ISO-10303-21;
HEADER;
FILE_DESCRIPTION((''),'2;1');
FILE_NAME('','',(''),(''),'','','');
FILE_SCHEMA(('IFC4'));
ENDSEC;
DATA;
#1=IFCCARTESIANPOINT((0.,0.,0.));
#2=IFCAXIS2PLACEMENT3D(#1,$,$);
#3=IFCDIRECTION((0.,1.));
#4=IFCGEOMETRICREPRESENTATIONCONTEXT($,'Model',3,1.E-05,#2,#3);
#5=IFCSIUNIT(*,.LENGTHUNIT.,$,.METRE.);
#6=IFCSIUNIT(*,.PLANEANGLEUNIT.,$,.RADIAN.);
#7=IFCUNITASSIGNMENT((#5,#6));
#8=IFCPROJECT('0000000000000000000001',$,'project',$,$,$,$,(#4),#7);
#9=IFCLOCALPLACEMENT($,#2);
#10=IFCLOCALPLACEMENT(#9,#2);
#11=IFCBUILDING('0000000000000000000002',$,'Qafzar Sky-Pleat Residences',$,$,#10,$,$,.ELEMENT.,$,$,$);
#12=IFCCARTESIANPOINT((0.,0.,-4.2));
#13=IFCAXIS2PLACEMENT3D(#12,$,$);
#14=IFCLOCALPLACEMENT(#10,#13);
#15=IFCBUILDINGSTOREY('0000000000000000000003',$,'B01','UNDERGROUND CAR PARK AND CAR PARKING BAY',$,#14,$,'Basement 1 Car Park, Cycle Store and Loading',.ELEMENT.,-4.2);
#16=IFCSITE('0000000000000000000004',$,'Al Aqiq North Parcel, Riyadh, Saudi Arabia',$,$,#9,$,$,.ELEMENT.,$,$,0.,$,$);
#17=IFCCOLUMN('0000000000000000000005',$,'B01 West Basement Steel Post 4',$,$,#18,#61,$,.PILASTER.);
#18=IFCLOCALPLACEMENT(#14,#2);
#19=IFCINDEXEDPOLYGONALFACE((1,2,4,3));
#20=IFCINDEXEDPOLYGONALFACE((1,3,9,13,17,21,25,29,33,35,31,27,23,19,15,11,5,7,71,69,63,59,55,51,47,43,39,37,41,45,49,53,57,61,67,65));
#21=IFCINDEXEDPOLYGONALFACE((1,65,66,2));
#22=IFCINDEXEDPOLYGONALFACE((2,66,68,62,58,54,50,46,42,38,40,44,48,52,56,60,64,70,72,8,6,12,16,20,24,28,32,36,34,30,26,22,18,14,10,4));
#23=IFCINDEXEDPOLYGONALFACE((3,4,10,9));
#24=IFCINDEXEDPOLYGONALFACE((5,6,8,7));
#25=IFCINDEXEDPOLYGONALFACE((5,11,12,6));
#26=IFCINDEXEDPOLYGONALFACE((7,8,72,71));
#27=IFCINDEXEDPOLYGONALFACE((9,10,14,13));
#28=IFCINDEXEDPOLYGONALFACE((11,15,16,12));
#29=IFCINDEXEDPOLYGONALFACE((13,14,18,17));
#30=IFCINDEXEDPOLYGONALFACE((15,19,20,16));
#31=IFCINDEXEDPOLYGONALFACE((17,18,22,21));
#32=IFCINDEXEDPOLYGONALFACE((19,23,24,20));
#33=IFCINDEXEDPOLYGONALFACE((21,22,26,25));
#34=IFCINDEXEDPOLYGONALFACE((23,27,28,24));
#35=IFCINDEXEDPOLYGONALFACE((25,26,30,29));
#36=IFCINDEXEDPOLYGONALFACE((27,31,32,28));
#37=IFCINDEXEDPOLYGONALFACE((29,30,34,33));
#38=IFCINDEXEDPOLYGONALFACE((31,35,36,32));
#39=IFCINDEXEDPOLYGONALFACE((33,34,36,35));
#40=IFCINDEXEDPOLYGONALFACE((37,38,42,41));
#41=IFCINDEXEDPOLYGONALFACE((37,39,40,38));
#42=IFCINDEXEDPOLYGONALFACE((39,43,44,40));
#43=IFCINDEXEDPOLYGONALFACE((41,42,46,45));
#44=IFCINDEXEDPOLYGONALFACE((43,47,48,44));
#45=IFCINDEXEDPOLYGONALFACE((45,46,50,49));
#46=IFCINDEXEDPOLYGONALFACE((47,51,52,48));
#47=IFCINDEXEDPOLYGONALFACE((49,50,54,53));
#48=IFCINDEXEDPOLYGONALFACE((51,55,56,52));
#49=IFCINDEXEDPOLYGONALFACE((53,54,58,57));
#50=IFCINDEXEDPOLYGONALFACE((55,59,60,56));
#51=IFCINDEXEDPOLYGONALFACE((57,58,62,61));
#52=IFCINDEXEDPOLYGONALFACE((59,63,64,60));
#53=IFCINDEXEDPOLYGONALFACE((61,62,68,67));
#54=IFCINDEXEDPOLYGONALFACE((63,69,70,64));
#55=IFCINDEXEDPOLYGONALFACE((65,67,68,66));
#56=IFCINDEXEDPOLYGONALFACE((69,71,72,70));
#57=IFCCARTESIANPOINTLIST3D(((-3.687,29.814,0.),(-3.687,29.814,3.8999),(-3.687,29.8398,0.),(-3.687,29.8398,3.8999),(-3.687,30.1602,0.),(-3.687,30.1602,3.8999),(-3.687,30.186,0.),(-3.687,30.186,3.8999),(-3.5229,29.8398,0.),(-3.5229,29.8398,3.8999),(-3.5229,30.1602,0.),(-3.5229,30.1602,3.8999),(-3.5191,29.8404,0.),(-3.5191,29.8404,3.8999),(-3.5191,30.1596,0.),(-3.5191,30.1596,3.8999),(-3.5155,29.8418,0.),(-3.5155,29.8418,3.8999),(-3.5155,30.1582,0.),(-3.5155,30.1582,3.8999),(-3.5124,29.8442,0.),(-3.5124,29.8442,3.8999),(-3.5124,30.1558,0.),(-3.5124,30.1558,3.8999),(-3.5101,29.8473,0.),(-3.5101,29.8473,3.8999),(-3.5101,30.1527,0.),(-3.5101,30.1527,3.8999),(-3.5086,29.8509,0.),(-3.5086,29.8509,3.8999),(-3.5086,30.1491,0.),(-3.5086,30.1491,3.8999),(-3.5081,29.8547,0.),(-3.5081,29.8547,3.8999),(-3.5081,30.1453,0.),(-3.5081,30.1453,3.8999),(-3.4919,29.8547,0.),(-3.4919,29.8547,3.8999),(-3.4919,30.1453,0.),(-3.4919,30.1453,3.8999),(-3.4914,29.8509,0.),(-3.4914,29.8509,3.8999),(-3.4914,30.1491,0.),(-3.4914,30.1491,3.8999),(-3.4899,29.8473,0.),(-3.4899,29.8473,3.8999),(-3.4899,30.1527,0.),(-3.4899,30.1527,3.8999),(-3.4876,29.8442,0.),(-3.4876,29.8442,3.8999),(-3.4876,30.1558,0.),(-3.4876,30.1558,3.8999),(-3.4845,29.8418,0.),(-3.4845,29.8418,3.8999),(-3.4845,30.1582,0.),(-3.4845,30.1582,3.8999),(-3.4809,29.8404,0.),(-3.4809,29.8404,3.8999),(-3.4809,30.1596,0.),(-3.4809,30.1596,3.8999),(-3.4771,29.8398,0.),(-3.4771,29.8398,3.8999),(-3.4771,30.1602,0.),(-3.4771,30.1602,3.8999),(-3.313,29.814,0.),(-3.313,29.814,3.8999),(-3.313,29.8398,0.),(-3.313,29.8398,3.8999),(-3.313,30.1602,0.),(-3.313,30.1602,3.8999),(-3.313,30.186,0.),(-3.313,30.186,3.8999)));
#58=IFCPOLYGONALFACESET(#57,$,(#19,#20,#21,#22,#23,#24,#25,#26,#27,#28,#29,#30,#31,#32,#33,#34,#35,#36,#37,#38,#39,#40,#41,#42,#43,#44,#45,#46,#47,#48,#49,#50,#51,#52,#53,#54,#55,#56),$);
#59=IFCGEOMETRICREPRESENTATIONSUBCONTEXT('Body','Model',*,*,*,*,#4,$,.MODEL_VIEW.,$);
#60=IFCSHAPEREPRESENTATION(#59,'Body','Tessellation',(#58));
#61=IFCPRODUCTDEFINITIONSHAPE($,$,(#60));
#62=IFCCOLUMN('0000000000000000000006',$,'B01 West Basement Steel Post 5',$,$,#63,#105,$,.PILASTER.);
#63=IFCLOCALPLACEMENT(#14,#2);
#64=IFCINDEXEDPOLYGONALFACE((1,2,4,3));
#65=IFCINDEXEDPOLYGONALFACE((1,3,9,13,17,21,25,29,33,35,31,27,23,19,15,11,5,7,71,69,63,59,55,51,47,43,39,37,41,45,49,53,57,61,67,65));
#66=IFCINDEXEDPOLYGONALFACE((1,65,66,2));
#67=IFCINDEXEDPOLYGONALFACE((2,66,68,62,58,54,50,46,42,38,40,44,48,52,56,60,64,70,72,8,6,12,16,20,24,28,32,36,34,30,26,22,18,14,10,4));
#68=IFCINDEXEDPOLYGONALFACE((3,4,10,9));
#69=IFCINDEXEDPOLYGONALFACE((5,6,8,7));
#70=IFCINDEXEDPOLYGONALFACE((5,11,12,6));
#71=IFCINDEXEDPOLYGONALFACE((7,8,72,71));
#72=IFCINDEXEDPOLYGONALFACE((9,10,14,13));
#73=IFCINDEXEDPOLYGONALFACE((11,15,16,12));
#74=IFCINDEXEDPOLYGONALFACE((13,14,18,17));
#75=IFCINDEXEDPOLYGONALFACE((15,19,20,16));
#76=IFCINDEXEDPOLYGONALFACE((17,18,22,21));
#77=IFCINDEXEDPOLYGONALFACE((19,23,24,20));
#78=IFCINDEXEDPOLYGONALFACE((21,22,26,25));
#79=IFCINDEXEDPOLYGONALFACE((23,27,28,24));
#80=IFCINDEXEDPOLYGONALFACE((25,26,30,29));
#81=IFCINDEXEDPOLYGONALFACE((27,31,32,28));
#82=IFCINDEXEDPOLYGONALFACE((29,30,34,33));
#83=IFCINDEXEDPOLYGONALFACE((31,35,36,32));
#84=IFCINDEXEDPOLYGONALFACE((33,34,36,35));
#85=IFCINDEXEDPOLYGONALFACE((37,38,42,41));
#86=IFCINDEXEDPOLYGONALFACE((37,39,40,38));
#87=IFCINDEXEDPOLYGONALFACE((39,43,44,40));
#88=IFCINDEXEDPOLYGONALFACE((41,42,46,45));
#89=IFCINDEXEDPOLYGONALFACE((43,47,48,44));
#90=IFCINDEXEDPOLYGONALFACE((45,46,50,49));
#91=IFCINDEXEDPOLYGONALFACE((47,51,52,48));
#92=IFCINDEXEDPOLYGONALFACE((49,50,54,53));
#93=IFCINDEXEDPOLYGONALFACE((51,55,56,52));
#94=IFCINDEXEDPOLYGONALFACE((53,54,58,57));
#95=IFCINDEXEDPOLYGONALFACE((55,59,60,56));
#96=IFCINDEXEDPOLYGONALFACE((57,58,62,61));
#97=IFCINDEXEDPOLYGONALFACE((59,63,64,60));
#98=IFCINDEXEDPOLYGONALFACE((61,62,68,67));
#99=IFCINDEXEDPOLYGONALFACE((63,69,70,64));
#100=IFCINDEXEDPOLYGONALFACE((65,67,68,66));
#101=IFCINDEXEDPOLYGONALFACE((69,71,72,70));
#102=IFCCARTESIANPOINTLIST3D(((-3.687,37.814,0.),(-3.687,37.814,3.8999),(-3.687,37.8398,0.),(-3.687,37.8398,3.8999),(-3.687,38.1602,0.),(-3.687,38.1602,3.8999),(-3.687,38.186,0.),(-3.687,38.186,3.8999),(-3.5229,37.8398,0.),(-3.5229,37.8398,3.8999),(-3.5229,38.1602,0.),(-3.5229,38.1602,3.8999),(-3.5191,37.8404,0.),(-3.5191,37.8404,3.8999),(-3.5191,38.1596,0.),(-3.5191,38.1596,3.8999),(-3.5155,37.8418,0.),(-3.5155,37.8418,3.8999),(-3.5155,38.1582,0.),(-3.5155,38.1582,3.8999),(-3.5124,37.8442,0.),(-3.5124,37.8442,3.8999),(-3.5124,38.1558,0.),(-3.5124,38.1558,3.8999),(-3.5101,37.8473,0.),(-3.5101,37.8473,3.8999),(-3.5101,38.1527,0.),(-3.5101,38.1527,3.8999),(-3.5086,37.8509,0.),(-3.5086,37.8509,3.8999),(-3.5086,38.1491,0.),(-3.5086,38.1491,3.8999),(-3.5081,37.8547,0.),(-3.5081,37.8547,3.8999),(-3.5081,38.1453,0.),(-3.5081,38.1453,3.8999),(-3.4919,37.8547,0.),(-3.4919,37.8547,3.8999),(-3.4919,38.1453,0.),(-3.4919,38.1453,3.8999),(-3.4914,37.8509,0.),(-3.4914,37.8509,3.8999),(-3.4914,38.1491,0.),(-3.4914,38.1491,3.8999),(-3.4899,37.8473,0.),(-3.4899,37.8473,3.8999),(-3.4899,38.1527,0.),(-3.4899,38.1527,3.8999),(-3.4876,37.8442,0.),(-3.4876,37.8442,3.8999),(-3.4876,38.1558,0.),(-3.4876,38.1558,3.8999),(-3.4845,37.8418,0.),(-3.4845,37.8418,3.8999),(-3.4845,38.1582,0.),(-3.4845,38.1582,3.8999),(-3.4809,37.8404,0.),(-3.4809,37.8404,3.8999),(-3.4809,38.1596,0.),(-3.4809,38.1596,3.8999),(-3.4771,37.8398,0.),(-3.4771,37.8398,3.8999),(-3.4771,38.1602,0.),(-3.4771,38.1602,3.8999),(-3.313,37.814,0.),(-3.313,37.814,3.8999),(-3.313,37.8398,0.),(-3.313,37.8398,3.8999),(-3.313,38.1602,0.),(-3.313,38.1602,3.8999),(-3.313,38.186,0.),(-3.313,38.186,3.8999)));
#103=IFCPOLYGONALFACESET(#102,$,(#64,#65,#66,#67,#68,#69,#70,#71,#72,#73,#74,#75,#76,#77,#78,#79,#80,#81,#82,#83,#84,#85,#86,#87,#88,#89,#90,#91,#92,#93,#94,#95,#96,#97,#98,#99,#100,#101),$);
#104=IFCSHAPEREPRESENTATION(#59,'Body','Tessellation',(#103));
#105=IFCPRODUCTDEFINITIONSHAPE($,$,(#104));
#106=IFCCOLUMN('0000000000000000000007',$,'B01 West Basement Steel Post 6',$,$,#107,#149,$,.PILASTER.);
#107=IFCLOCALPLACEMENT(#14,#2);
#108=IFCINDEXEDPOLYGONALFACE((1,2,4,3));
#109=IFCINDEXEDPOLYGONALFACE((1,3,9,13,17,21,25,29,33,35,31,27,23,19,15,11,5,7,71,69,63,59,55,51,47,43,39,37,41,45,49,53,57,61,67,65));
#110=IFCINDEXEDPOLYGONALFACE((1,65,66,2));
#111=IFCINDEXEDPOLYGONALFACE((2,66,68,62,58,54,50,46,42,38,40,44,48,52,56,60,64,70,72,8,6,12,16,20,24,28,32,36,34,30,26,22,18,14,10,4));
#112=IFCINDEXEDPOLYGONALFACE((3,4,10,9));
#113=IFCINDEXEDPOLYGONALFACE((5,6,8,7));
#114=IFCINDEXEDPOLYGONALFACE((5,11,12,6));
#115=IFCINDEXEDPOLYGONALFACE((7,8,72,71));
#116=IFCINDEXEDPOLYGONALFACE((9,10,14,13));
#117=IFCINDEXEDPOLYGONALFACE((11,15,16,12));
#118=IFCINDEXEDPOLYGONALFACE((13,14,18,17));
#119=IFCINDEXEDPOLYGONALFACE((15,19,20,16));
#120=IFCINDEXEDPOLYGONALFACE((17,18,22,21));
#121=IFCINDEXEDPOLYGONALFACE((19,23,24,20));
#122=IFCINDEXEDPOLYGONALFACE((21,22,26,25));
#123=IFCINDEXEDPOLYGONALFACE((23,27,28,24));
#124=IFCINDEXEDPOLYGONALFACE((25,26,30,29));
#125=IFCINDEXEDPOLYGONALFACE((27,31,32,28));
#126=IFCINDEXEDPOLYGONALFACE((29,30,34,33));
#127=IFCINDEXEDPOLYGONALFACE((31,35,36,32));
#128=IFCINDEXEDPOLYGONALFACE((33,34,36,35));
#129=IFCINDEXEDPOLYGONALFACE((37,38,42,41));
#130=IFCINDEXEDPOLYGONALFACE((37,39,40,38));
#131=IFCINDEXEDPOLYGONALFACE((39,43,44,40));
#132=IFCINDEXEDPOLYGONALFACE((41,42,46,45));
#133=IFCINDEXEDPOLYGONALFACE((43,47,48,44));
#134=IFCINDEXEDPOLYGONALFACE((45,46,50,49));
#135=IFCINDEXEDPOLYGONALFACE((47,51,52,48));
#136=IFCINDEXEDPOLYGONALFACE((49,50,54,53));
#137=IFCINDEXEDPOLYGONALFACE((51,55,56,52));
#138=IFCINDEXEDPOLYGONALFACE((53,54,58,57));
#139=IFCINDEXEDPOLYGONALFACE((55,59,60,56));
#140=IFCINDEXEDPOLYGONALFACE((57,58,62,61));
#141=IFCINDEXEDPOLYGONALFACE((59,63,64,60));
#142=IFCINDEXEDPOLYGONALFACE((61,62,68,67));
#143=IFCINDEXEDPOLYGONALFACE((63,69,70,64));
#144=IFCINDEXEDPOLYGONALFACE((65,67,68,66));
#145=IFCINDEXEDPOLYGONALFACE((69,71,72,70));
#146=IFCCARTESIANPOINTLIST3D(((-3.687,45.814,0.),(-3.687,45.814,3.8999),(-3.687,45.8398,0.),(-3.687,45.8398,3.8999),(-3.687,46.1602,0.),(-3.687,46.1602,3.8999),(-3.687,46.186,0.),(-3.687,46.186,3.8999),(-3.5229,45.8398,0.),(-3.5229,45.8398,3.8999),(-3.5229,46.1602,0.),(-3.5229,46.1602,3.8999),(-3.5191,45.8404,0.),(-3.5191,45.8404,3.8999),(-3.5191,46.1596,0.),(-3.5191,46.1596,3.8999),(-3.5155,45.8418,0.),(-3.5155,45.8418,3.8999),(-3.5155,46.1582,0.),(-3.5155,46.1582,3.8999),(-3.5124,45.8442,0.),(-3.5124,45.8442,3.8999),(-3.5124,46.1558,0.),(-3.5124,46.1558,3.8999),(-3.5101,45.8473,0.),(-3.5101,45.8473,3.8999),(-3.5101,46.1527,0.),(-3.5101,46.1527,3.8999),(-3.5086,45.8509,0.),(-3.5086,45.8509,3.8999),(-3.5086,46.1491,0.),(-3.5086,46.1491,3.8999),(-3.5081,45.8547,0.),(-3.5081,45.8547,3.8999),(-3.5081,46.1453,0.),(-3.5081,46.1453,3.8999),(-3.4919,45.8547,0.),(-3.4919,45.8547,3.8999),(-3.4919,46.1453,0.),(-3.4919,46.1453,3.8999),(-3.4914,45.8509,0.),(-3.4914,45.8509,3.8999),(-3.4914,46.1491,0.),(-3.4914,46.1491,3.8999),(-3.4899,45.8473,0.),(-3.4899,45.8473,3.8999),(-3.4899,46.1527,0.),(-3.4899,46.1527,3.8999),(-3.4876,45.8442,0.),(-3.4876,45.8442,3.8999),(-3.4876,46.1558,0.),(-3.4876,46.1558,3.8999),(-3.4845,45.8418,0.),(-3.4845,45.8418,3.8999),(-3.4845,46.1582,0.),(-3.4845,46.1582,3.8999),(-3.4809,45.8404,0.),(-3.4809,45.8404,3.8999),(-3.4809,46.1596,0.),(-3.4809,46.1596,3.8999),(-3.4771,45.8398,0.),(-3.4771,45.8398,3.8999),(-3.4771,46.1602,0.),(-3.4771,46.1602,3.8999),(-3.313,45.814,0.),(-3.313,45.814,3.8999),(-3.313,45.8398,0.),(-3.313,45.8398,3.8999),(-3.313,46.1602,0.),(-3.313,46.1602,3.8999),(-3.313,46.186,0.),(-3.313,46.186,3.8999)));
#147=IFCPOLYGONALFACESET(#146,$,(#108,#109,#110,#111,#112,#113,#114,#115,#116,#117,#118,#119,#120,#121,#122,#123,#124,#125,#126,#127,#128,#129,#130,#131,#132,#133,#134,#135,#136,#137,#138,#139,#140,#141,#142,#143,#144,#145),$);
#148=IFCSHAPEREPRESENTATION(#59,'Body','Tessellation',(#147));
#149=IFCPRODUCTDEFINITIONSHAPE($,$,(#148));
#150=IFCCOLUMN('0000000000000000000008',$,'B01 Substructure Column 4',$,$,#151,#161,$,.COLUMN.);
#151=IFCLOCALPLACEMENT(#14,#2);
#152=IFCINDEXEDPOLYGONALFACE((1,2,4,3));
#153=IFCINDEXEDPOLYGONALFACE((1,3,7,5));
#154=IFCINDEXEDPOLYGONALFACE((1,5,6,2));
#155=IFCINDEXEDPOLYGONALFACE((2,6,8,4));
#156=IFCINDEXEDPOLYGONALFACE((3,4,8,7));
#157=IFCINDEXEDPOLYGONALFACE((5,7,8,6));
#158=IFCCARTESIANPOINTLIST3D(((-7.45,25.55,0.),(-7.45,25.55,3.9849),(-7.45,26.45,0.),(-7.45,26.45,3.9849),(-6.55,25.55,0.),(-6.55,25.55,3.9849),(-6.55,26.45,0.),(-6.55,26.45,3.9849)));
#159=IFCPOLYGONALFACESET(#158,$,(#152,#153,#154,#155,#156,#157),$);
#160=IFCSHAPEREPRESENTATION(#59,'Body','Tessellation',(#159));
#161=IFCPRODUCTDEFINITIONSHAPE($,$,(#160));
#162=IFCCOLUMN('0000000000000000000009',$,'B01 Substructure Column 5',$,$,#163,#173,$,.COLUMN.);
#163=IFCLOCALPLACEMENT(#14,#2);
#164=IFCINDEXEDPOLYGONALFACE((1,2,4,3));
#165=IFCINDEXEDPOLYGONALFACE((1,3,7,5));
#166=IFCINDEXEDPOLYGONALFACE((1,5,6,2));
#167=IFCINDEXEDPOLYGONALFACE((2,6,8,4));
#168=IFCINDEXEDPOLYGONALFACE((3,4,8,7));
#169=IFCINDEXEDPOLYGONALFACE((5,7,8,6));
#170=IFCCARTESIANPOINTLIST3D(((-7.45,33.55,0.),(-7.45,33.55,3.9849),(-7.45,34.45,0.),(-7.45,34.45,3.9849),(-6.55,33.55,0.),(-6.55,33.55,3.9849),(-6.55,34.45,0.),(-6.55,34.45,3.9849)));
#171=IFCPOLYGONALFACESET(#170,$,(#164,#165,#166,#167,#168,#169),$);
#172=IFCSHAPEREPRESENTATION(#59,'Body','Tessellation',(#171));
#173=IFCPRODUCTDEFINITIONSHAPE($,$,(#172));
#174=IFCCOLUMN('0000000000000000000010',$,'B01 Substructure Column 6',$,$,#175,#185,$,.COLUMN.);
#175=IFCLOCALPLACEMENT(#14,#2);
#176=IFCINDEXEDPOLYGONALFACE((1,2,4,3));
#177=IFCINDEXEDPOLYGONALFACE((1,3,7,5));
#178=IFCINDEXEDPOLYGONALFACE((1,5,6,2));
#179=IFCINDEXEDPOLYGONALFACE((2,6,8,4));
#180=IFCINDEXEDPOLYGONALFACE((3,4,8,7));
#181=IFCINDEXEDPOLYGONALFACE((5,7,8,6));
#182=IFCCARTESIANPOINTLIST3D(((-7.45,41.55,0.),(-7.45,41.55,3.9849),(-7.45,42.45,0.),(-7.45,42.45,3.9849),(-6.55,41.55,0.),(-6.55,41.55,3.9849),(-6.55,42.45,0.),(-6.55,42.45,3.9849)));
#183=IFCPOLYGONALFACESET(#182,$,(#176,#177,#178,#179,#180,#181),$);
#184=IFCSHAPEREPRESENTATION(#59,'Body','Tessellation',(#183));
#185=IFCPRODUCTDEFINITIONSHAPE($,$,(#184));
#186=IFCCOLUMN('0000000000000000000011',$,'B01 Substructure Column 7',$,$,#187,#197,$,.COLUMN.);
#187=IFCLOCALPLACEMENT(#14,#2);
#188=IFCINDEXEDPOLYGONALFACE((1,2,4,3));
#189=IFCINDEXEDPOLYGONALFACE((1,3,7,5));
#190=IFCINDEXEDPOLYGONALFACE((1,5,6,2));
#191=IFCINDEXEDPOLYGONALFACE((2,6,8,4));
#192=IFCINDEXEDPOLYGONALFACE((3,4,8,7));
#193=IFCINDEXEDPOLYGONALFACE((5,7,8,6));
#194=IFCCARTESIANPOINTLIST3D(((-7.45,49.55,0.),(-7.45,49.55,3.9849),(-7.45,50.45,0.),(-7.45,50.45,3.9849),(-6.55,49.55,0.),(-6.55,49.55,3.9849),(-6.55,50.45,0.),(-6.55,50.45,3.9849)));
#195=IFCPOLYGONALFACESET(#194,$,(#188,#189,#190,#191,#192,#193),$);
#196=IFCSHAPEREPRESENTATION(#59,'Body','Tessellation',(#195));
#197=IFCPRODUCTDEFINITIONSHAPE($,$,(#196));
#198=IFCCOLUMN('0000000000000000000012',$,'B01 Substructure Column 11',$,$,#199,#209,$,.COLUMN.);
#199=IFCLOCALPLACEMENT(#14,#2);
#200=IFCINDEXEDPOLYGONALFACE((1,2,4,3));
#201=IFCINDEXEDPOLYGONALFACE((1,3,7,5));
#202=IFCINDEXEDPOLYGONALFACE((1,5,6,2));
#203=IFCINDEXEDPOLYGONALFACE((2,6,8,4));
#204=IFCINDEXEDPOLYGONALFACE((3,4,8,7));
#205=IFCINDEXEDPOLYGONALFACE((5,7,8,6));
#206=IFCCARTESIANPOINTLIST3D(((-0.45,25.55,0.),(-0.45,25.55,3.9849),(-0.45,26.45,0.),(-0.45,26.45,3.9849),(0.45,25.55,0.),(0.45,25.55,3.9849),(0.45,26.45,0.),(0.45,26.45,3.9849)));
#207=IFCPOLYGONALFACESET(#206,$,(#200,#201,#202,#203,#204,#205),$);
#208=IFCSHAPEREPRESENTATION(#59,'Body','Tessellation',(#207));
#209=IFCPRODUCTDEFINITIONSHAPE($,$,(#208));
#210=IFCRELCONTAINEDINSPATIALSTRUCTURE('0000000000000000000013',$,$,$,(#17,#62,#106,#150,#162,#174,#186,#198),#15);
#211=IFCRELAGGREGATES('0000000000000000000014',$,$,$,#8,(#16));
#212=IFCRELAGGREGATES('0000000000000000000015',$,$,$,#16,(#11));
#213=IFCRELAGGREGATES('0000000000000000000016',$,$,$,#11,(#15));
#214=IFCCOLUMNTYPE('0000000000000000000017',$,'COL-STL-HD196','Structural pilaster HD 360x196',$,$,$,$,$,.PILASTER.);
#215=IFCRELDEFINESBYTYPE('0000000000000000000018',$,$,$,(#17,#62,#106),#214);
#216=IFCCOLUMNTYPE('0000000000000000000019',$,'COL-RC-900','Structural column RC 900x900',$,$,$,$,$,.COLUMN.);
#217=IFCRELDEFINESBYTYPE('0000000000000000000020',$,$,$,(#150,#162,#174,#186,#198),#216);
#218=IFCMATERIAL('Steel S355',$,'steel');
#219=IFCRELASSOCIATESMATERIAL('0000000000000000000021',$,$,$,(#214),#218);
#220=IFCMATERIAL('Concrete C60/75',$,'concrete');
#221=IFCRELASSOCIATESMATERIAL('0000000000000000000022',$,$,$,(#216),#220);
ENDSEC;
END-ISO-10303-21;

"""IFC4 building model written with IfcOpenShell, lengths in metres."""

from ifc_helpers import new_model, si_unit, direction, frame, origin, origin_2d, place, context, subcontext, project, spatial, rectangle, i_section, extrude, source, transform, mapped, material, material_profile, profile_set, type_object, element, save


model = new_model("IFC4")

# Units and contexts
model_context = context("Model", 3, precision=1e-05, world=origin(), true_north=direction((0.0, 1.0)))
body_context = subcontext(model_context, "Body", "Model", "MODEL_VIEW")
ifc_project = project(units=[si_unit("LENGTHUNIT", "METRE"), si_unit("PLANEANGLEUNIT", "RADIAN")], contexts=[model_context])

# Site, building, storey
site_placement = place(None, origin())
site = spatial("IfcSite", under=ifc_project, at=site_placement, Name="Al Aqiq North Parcel, Riyadh, Saudi Arabia", CompositionType="ELEMENT", RefElevation=0.0)
building_placement = place(site_placement, origin())
building = spatial("IfcBuilding", under=site, at=building_placement, Name="Qafzar Sky-Pleat Residences", CompositionType="ELEMENT")
storey_placement = place(building_placement, frame((0.0, 0.0, -4.2)))
storey = spatial("IfcBuildingStorey", under=building, at=storey_placement, Name="B01", Description="UNDERGROUND CAR PARK AND CAR PARKING BAY", LongName="Basement 1 Car Park, Cycle Store and Loading", CompositionType="ELEMENT", Elevation=-4.2)

# Columns
ifc_material_1 = material(Name="Steel S355", Category="steel")
ifc_material_profile_1 = material_profile(ifc_material_1, i_section(OverallWidth=0.374, OverallDepth=0.3721, WebThickness=0.0161, FlangeThickness=0.0259, FilletRadius=0.0149, at=origin_2d()), Name="HD 360x196")
ifc_profile_set_1 = profile_set([ifc_material_profile_1], Name="Steel S355")
column_type_1 = type_object("IfcColumnType", Name="COL-STL-HD196", Description="Structural pilaster HD 360x196", PredefinedType="PILASTER", material=ifc_profile_set_1)
shared_shape_1 = source(origin(), body_context, "Body", "SweptSolid", [
    extrude(i_section(OverallWidth=0.374, OverallDepth=0.3721, WebThickness=0.0161, FlangeThickness=0.0259, FilletRadius=0.0149, at=origin_2d()), origin(), (0.0, 0.0, 1.0), 3.8999),
])
for number, where, z_axis, x_axis, name in (
    (1, (-3.5, 30.0, 0.0), (0.0, 0.0, 1.0), (1.0, 0.0, 0.0), "B01 West Basement Steel Post 4"),
    (2, (-3.5, 38.0, 0.0), (0.0, 0.0, 1.0), (1.0, 0.0, 0.0), "B01 West Basement Steel Post 5"),
    (3, (-3.5, 46.0, 0.0), (0.0, 0.0, 1.0), (1.0, 0.0, 0.0), "B01 West Basement Steel Post 6"),
):
    element("IfcColumn", number, at=place(storey_placement, frame(where, z_axis=z_axis, x_axis=x_axis)), inside=storey, type_object=column_type_1, Name=name, PredefinedType="PILASTER", context=body_context, shape_type="MappedRepresentation", body=[
        mapped(shared_shape_1, transform((0.0, 0.0, 0.0), x_axis=(1.0, 0.0, 0.0), y_axis=(0.0, 1.0, 0.0), z_axis=(0.0, 0.0, 1.0), scale=1.0)),
    ])
ifc_material_2 = material(Name="Concrete C60/75", Category="concrete")
ifc_material_profile_2 = material_profile(ifc_material_2, rectangle(XDim=0.8999, YDim=0.8999, at=origin_2d()), Name="RC 900x900")
ifc_profile_set_2 = profile_set([ifc_material_profile_2], Name="Concrete C60/75")
column_type_2 = type_object("IfcColumnType", Name="COL-RC-900", Description="Structural column RC 900x900", PredefinedType="COLUMN", material=ifc_profile_set_2)
shared_shape_2 = source(origin(), body_context, "Body", "SweptSolid", [
    extrude(rectangle(XDim=0.8999, YDim=0.8999, at=origin_2d()), origin(), (0.0, 0.0, 1.0), 3.9849),
])
for number, where, z_axis, x_axis, name in (
    (4, (-7.0, 26.0, 0.0), (0.0, 0.0, 1.0), (1.0, 0.0, 0.0), "B01 Substructure Column 4"),
    (5, (-7.0, 34.0, 0.0), (0.0, 0.0, 1.0), (1.0, 0.0, 0.0), "B01 Substructure Column 5"),
    (6, (-7.0, 42.0, 0.0), (0.0, 0.0, 1.0), (1.0, 0.0, 0.0), "B01 Substructure Column 6"),
    (7, (-7.0, 50.0, 0.0), (0.0, 0.0, 1.0), (1.0, 0.0, 0.0), "B01 Substructure Column 7"),
    (8, (0.0, 26.0, 0.0), (0.0, 0.0, 1.0), (1.0, 0.0, 0.0), "B01 Substructure Column 11"),
):
    element("IfcColumn", number, at=place(storey_placement, frame(where, z_axis=z_axis, x_axis=x_axis)), inside=storey, type_object=column_type_2, Name=name, PredefinedType="COLUMN", context=body_context, shape_type="MappedRepresentation", body=[
        mapped(shared_shape_2, transform((0.0, 0.0, 0.0), x_axis=(1.0, 0.0, 0.0), y_axis=(0.0, 1.0, 0.0), z_axis=(0.0, 0.0, 1.0), scale=1.0)),
    ])

save(model, "model.ifc")
